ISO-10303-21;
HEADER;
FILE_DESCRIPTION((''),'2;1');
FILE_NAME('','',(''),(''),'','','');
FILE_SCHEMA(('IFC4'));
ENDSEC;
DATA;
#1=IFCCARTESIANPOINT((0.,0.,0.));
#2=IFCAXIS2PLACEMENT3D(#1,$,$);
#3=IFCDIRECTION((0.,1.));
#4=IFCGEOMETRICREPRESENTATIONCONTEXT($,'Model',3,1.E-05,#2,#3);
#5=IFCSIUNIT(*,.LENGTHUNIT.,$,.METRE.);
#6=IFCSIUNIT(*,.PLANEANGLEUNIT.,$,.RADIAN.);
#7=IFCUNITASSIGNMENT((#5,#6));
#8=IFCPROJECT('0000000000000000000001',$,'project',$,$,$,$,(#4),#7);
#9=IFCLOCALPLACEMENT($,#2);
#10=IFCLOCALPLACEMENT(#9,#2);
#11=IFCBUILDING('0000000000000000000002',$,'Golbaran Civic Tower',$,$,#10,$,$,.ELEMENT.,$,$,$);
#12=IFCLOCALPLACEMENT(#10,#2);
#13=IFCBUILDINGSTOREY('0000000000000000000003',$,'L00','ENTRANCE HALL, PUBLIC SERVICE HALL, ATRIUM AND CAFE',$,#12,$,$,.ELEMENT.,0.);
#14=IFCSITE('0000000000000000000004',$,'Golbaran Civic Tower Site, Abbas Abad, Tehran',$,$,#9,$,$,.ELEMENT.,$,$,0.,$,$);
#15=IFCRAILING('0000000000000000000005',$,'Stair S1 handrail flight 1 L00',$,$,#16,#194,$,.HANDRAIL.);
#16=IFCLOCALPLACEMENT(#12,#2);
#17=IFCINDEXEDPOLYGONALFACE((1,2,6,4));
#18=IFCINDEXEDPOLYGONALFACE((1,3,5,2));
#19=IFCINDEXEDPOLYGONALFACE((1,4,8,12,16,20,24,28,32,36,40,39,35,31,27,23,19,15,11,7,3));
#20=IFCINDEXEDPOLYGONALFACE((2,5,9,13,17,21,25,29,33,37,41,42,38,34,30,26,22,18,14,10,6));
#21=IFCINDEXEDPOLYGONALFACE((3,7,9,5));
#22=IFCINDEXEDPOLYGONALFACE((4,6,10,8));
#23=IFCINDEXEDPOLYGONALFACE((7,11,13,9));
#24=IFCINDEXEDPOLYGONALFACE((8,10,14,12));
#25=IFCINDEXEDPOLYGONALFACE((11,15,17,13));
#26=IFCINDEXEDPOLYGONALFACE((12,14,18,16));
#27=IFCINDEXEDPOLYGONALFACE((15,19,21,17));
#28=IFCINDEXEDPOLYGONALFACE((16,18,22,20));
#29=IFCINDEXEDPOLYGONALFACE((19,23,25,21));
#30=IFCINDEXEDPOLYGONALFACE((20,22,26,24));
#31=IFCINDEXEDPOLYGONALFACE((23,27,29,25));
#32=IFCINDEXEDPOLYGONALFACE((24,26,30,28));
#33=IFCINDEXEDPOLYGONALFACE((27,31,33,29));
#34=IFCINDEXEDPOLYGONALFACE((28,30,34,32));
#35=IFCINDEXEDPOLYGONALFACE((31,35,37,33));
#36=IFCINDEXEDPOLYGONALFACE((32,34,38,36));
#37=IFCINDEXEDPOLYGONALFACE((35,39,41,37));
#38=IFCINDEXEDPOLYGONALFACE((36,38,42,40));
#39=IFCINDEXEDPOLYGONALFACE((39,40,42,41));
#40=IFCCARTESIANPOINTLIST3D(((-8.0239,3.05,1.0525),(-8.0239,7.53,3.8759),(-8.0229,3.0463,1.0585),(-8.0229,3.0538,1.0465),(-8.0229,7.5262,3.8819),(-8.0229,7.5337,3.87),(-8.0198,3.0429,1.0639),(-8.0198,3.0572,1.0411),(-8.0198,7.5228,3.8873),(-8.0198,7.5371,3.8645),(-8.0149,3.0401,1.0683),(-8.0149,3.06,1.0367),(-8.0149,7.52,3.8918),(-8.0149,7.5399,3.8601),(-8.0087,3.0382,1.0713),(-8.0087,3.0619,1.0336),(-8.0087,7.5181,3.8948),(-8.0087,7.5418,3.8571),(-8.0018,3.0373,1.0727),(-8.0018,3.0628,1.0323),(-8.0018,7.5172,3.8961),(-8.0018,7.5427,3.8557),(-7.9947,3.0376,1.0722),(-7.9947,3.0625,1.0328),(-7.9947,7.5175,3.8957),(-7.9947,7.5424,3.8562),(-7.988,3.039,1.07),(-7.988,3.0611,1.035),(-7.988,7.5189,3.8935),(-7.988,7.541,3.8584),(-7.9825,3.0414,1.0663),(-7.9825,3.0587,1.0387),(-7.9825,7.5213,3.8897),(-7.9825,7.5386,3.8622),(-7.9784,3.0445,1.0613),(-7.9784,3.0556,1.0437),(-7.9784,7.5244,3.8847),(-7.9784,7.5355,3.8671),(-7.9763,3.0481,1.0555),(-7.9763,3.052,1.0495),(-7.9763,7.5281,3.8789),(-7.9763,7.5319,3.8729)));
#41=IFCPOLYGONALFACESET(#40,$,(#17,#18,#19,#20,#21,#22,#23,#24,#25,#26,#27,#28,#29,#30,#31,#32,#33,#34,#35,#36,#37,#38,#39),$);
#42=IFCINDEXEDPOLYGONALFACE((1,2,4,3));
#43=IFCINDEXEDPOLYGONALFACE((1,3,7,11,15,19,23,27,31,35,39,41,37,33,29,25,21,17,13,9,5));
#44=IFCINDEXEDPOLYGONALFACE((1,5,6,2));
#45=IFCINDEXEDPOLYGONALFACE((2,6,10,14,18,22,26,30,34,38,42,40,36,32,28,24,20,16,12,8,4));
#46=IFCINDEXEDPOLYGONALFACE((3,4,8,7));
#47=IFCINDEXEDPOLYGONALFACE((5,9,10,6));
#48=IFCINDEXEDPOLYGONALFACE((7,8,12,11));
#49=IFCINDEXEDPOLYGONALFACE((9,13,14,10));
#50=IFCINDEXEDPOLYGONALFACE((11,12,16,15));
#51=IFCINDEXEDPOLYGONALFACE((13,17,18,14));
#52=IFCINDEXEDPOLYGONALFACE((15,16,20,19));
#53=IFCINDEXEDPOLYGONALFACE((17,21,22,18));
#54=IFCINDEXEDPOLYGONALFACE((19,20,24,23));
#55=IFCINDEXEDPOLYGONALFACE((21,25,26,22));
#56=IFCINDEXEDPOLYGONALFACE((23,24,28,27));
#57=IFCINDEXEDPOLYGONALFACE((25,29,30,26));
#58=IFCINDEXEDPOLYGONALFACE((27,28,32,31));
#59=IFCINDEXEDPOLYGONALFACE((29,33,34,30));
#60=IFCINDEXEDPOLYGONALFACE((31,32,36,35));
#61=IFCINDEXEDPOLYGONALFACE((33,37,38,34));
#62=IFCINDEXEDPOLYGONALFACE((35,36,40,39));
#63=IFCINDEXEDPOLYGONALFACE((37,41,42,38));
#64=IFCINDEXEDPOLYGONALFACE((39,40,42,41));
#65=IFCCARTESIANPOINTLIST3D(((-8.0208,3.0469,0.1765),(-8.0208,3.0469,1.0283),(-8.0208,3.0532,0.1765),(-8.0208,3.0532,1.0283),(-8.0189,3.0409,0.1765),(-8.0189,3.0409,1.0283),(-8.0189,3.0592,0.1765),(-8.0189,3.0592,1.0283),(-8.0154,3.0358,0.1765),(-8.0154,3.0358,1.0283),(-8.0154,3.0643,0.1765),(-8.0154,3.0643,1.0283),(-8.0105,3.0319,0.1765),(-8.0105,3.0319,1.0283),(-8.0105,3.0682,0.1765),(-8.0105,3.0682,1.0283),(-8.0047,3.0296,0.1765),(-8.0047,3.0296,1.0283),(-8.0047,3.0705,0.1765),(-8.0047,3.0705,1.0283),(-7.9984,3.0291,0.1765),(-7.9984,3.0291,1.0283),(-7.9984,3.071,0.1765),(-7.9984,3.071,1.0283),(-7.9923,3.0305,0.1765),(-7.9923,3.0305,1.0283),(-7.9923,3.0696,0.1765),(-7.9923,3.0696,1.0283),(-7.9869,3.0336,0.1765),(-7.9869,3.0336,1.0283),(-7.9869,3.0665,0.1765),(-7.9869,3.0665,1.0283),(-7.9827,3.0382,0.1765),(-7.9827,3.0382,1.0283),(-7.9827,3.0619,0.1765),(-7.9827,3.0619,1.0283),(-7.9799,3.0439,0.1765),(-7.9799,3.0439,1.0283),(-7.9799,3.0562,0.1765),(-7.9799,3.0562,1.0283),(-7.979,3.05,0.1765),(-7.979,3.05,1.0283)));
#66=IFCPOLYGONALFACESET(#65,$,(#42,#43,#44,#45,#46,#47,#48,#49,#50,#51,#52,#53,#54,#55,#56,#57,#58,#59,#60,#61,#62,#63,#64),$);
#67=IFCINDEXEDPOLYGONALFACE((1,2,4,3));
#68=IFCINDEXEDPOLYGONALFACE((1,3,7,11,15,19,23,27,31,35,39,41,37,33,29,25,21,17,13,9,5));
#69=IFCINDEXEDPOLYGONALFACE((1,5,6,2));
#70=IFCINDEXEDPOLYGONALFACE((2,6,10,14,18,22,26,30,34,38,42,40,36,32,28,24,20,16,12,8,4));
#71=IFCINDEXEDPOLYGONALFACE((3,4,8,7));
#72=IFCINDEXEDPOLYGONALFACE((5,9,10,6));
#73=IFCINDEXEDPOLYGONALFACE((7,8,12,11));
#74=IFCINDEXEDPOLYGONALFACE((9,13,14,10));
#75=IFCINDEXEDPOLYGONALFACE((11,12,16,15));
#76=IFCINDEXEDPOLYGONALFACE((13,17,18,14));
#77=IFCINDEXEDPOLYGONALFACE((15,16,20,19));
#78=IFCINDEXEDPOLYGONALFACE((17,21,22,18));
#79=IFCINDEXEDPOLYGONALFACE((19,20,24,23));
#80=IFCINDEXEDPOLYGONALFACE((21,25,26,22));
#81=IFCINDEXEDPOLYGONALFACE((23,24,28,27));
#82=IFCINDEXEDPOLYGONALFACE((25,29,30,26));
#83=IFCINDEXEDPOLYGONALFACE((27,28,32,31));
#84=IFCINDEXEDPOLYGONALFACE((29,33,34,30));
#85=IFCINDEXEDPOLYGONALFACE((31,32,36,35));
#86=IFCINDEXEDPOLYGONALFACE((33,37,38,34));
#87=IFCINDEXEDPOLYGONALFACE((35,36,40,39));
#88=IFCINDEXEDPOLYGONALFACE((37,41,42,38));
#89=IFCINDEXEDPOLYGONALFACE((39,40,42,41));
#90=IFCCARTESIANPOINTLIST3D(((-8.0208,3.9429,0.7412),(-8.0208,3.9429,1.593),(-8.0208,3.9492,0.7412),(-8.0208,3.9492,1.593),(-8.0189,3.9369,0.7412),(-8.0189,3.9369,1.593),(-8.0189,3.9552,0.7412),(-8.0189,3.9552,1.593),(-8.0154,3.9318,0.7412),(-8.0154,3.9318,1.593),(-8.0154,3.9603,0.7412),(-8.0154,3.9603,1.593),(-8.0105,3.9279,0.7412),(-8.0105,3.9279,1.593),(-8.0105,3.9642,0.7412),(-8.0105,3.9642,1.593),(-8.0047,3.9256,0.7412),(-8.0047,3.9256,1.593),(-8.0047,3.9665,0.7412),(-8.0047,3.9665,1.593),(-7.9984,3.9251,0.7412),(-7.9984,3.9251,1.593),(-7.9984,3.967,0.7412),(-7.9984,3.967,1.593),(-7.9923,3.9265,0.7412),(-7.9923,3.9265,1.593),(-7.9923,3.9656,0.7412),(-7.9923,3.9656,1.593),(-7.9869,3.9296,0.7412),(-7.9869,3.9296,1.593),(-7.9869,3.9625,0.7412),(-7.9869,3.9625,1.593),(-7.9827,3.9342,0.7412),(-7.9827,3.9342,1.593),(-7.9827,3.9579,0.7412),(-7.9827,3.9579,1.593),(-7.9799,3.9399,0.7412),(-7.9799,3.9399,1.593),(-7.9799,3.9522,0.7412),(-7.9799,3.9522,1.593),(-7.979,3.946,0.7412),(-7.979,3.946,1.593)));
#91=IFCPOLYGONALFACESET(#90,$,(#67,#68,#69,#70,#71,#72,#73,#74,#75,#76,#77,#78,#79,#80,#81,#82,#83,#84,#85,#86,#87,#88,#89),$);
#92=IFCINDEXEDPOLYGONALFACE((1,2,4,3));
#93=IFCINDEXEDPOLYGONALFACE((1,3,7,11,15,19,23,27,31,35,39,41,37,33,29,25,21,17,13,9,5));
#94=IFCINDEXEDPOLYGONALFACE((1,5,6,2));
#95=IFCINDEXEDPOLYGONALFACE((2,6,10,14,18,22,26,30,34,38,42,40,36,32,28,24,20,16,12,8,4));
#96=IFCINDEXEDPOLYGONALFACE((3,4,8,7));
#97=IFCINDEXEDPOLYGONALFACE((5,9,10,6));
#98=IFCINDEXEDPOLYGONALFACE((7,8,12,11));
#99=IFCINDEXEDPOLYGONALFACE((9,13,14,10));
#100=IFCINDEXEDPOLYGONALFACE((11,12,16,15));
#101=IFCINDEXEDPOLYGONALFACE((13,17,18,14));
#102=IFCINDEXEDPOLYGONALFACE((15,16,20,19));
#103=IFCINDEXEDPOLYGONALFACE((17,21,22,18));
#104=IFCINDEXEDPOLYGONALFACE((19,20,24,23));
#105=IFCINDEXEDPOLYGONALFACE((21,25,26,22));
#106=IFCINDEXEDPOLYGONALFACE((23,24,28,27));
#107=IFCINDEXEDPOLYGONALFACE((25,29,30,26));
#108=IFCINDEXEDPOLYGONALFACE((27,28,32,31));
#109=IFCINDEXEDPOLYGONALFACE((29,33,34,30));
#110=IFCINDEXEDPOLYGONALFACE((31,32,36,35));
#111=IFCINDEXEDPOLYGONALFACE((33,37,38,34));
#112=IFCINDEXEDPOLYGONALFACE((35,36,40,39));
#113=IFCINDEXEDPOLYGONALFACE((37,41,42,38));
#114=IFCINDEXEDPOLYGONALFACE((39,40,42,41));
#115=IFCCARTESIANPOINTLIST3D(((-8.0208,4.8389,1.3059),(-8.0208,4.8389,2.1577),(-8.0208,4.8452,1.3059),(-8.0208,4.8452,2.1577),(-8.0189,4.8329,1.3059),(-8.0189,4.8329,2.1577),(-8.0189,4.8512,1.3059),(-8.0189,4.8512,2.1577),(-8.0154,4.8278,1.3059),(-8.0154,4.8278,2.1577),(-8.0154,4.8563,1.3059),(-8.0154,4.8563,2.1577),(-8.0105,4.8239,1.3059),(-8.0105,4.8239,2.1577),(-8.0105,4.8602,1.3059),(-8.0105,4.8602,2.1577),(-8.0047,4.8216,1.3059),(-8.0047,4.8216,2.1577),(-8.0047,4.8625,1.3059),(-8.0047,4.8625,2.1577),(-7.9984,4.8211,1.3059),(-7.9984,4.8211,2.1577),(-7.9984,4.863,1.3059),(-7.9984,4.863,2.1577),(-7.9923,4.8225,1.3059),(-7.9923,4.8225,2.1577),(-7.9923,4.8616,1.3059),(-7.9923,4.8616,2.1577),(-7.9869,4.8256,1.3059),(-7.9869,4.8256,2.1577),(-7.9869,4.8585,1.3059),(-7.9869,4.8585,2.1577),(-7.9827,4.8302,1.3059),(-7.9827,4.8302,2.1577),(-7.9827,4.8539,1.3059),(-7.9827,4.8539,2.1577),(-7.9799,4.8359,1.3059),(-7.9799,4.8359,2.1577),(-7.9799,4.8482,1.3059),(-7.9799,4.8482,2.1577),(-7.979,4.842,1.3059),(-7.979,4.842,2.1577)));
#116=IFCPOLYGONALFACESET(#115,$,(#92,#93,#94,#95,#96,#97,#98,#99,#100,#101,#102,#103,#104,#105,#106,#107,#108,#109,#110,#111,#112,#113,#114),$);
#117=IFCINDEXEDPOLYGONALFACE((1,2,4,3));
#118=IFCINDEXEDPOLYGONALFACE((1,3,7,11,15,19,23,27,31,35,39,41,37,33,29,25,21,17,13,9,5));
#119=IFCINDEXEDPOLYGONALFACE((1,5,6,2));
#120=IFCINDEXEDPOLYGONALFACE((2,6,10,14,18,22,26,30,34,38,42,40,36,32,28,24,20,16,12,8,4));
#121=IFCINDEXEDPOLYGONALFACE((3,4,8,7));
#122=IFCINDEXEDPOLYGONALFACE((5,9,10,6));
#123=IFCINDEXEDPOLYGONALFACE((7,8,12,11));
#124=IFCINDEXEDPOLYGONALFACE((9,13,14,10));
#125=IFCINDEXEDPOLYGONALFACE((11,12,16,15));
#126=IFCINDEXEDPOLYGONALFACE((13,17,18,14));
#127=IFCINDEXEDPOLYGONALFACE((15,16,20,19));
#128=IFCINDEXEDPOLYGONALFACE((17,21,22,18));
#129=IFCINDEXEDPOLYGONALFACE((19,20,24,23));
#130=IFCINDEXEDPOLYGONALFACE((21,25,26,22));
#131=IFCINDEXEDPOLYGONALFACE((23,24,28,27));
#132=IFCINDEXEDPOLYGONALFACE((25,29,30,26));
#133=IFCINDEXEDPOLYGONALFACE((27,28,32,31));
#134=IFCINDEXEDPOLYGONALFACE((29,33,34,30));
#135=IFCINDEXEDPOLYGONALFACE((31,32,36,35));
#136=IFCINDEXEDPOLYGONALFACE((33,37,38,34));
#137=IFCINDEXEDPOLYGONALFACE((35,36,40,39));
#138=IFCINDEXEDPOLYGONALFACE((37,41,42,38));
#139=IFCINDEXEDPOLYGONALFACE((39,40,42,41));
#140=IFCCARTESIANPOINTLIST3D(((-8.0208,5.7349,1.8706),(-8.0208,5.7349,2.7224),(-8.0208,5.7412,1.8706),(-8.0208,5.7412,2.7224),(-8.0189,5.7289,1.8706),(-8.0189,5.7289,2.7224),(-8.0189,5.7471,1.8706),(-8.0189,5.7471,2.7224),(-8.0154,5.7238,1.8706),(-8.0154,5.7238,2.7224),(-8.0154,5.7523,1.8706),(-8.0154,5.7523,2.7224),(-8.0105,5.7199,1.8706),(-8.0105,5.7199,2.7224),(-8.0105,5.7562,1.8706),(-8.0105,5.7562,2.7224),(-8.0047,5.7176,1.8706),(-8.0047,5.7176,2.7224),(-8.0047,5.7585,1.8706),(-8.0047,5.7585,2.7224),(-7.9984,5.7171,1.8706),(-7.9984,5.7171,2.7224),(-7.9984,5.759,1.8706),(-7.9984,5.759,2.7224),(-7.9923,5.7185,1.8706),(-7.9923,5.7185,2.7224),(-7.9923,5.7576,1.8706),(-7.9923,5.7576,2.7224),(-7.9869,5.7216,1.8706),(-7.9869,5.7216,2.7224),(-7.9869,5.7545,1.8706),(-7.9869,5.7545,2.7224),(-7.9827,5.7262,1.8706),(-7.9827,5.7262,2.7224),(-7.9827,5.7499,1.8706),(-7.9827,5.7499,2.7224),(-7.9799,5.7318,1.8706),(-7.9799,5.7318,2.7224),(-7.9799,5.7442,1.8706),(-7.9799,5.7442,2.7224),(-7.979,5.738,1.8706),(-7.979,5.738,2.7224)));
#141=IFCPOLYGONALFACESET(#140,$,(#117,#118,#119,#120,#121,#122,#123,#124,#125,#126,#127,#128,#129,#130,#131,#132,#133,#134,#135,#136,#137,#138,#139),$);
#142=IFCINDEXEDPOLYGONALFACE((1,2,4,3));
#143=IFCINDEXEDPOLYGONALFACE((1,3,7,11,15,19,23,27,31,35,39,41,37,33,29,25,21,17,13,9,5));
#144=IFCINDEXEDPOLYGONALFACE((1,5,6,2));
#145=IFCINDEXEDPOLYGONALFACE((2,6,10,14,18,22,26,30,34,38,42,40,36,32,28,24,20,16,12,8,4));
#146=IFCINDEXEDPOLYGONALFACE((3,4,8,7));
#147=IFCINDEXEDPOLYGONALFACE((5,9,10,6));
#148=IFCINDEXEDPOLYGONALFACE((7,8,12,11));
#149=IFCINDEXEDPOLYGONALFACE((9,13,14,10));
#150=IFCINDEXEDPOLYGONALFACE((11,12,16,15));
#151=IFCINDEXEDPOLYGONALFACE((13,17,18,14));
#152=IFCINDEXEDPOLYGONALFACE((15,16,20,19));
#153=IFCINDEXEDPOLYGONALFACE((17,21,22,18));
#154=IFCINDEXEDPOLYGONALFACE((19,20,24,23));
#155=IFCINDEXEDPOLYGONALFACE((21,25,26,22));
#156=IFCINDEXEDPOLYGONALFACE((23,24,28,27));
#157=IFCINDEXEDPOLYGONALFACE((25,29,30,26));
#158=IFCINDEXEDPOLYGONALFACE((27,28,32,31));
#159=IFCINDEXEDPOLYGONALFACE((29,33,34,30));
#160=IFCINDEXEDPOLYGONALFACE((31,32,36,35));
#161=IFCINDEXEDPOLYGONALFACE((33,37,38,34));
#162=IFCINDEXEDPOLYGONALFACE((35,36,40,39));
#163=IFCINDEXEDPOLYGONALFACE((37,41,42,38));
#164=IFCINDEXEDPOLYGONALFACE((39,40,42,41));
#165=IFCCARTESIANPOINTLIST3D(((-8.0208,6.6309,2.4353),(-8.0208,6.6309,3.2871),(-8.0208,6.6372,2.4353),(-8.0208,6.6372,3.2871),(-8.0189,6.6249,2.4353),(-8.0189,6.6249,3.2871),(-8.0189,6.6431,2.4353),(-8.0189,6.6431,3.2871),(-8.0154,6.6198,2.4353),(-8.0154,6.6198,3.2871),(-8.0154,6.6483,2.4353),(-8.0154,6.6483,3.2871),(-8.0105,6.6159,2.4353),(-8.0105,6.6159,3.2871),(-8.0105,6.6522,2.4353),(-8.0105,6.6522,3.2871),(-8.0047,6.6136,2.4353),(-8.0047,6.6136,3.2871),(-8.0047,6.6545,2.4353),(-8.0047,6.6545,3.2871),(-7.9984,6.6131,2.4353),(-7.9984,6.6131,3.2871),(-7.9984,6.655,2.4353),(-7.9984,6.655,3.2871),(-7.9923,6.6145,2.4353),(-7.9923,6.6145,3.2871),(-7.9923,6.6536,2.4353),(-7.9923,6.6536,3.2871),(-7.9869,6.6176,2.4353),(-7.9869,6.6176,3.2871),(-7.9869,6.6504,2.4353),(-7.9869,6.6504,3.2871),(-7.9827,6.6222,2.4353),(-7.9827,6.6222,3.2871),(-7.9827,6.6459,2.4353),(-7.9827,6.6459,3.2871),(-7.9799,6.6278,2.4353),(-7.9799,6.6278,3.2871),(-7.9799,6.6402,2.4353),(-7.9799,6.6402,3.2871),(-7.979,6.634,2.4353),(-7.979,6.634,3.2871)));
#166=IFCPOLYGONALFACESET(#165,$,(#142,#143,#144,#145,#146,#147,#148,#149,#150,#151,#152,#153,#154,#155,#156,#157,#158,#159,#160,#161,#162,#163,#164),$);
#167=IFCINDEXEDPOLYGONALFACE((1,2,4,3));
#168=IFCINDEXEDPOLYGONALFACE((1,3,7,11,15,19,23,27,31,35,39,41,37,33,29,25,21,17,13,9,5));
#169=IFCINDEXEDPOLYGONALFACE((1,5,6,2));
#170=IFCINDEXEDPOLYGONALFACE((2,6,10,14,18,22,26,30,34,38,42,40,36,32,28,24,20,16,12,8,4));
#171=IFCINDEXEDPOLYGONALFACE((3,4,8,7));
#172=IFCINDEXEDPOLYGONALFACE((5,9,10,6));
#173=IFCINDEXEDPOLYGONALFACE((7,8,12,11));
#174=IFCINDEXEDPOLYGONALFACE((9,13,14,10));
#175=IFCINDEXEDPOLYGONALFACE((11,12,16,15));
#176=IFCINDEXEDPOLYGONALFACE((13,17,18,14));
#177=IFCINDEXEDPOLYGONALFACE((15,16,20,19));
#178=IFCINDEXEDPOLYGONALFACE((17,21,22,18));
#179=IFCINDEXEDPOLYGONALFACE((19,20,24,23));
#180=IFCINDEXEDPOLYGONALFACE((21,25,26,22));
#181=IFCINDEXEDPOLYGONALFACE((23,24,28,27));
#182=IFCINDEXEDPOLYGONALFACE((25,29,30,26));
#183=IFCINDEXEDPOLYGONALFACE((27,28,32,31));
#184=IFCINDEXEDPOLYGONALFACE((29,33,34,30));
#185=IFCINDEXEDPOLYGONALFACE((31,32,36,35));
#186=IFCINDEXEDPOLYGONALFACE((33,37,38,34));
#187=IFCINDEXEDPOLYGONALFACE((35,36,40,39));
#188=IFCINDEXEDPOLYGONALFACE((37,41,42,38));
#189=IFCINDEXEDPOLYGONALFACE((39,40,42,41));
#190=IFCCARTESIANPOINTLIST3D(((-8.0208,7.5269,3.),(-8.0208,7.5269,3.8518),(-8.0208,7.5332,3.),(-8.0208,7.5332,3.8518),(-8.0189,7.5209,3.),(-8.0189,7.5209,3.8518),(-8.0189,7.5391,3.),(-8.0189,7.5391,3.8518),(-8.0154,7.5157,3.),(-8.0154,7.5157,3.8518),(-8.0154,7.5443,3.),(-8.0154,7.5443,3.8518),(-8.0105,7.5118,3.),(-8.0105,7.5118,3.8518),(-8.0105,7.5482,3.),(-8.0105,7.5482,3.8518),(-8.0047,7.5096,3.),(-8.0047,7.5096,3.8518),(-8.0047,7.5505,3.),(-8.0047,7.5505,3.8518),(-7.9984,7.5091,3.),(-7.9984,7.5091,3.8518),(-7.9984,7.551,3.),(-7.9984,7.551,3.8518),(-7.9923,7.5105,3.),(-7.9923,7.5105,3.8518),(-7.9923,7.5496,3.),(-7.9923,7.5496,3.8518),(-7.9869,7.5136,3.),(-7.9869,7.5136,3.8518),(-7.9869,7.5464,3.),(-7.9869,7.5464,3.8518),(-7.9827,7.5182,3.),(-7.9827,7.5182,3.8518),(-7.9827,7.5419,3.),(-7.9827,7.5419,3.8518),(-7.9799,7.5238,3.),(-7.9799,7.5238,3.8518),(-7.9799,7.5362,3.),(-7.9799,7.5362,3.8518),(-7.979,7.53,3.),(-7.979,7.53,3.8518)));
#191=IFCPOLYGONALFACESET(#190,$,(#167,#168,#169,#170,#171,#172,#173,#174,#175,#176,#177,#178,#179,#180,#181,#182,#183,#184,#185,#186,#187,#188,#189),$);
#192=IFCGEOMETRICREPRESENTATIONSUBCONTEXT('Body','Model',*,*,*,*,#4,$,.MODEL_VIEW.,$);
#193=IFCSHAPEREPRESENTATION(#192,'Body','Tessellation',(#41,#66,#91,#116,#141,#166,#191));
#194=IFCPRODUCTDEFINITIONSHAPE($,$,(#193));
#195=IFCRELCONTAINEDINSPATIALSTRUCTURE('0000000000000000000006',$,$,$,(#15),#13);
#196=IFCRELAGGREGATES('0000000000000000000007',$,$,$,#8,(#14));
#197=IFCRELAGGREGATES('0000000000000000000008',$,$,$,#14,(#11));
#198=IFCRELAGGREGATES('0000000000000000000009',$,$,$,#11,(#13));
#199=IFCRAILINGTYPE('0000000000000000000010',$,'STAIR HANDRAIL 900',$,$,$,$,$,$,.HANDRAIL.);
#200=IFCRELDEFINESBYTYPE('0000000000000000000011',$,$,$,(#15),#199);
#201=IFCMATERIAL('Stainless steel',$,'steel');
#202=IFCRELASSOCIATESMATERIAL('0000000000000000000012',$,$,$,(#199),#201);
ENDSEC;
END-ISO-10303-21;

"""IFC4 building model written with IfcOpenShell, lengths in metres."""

from ifc_helpers import new_model, si_unit, direction, frame, origin, origin_2d, place, context, subcontext, project, spatial, circle, extrude, material, type_object, element, save


model = new_model("IFC4")

# Units and contexts
model_context = context("Model", 3, precision=1e-05, world=origin(), true_north=direction((0.0, 1.0)))
body_context = subcontext(model_context, "Body", "Model", "MODEL_VIEW")
ifc_project = project(units=[si_unit("LENGTHUNIT", "METRE"), si_unit("PLANEANGLEUNIT", "RADIAN")], contexts=[model_context])

# Site, building, storey
site_placement = place(None, origin())
site = spatial("IfcSite", under=ifc_project, at=site_placement, Name="Golbaran Civic Tower Site, Abbas Abad, Tehran", CompositionType="ELEMENT", RefElevation=0.0)
building_placement = place(site_placement, origin())
building = spatial("IfcBuilding", under=site, at=building_placement, Name="Golbaran Civic Tower", CompositionType="ELEMENT")
storey_placement = place(building_placement, origin())
storey = spatial("IfcBuildingStorey", under=building, at=storey_placement, Name="L00", Description="ENTRANCE HALL, PUBLIC SERVICE HALL, ATRIUM AND CAFE", CompositionType="ELEMENT", Elevation=0.0)

# Shared definitions
ifc_material_1 = material(Name="Stainless steel", Category="steel")

# Railing
railing_type = type_object("IfcRailingType", Name="STAIR HANDRAIL 900", PredefinedType="HANDRAIL", material=ifc_material_1)
railing_1_placement = place(storey_placement, frame((-8.0, 3.05, 0.1765)))
element("IfcRailing", 1, at=railing_1_placement, inside=storey, type_object=railing_type, Name="Stair S1 handrail flight 1 L00", PredefinedType="HANDRAIL", context=body_context, shape_type="SweptSolid", body=[
    extrude(circle(Radius=0.0239, at=origin_2d()), frame((0.0, 0.0, 0.876), z_axis=(0.0, 0.845998, 0.533186), x_axis=(-1.0, 0.0, 0.0)), (0.0, 0.0, 1.0), 5.2954),
    extrude(circle(Radius=0.021, at=origin_2d()), origin(), (0.0, 0.0, 1.0), 0.8518),
    extrude(circle(Radius=0.021, at=origin_2d()), frame((0.0, 0.896, 0.5647)), (0.0, 0.0, 1.0), 0.8518),
    extrude(circle(Radius=0.021, at=origin_2d()), frame((0.0, 1.792, 1.1294)), (0.0, 0.0, 1.0), 0.8518),
    extrude(circle(Radius=0.021, at=origin_2d()), frame((0.0, 2.688, 1.6941)), (0.0, 0.0, 1.0), 0.8518),
    extrude(circle(Radius=0.021, at=origin_2d()), frame((0.0, 3.584, 2.2588)), (0.0, 0.0, 1.0), 0.8518),
    extrude(circle(Radius=0.021, at=origin_2d()), frame((0.0, 4.48, 2.8235)), (0.0, 0.0, 1.0), 0.8518),
])

save(model, "model.ifc")
